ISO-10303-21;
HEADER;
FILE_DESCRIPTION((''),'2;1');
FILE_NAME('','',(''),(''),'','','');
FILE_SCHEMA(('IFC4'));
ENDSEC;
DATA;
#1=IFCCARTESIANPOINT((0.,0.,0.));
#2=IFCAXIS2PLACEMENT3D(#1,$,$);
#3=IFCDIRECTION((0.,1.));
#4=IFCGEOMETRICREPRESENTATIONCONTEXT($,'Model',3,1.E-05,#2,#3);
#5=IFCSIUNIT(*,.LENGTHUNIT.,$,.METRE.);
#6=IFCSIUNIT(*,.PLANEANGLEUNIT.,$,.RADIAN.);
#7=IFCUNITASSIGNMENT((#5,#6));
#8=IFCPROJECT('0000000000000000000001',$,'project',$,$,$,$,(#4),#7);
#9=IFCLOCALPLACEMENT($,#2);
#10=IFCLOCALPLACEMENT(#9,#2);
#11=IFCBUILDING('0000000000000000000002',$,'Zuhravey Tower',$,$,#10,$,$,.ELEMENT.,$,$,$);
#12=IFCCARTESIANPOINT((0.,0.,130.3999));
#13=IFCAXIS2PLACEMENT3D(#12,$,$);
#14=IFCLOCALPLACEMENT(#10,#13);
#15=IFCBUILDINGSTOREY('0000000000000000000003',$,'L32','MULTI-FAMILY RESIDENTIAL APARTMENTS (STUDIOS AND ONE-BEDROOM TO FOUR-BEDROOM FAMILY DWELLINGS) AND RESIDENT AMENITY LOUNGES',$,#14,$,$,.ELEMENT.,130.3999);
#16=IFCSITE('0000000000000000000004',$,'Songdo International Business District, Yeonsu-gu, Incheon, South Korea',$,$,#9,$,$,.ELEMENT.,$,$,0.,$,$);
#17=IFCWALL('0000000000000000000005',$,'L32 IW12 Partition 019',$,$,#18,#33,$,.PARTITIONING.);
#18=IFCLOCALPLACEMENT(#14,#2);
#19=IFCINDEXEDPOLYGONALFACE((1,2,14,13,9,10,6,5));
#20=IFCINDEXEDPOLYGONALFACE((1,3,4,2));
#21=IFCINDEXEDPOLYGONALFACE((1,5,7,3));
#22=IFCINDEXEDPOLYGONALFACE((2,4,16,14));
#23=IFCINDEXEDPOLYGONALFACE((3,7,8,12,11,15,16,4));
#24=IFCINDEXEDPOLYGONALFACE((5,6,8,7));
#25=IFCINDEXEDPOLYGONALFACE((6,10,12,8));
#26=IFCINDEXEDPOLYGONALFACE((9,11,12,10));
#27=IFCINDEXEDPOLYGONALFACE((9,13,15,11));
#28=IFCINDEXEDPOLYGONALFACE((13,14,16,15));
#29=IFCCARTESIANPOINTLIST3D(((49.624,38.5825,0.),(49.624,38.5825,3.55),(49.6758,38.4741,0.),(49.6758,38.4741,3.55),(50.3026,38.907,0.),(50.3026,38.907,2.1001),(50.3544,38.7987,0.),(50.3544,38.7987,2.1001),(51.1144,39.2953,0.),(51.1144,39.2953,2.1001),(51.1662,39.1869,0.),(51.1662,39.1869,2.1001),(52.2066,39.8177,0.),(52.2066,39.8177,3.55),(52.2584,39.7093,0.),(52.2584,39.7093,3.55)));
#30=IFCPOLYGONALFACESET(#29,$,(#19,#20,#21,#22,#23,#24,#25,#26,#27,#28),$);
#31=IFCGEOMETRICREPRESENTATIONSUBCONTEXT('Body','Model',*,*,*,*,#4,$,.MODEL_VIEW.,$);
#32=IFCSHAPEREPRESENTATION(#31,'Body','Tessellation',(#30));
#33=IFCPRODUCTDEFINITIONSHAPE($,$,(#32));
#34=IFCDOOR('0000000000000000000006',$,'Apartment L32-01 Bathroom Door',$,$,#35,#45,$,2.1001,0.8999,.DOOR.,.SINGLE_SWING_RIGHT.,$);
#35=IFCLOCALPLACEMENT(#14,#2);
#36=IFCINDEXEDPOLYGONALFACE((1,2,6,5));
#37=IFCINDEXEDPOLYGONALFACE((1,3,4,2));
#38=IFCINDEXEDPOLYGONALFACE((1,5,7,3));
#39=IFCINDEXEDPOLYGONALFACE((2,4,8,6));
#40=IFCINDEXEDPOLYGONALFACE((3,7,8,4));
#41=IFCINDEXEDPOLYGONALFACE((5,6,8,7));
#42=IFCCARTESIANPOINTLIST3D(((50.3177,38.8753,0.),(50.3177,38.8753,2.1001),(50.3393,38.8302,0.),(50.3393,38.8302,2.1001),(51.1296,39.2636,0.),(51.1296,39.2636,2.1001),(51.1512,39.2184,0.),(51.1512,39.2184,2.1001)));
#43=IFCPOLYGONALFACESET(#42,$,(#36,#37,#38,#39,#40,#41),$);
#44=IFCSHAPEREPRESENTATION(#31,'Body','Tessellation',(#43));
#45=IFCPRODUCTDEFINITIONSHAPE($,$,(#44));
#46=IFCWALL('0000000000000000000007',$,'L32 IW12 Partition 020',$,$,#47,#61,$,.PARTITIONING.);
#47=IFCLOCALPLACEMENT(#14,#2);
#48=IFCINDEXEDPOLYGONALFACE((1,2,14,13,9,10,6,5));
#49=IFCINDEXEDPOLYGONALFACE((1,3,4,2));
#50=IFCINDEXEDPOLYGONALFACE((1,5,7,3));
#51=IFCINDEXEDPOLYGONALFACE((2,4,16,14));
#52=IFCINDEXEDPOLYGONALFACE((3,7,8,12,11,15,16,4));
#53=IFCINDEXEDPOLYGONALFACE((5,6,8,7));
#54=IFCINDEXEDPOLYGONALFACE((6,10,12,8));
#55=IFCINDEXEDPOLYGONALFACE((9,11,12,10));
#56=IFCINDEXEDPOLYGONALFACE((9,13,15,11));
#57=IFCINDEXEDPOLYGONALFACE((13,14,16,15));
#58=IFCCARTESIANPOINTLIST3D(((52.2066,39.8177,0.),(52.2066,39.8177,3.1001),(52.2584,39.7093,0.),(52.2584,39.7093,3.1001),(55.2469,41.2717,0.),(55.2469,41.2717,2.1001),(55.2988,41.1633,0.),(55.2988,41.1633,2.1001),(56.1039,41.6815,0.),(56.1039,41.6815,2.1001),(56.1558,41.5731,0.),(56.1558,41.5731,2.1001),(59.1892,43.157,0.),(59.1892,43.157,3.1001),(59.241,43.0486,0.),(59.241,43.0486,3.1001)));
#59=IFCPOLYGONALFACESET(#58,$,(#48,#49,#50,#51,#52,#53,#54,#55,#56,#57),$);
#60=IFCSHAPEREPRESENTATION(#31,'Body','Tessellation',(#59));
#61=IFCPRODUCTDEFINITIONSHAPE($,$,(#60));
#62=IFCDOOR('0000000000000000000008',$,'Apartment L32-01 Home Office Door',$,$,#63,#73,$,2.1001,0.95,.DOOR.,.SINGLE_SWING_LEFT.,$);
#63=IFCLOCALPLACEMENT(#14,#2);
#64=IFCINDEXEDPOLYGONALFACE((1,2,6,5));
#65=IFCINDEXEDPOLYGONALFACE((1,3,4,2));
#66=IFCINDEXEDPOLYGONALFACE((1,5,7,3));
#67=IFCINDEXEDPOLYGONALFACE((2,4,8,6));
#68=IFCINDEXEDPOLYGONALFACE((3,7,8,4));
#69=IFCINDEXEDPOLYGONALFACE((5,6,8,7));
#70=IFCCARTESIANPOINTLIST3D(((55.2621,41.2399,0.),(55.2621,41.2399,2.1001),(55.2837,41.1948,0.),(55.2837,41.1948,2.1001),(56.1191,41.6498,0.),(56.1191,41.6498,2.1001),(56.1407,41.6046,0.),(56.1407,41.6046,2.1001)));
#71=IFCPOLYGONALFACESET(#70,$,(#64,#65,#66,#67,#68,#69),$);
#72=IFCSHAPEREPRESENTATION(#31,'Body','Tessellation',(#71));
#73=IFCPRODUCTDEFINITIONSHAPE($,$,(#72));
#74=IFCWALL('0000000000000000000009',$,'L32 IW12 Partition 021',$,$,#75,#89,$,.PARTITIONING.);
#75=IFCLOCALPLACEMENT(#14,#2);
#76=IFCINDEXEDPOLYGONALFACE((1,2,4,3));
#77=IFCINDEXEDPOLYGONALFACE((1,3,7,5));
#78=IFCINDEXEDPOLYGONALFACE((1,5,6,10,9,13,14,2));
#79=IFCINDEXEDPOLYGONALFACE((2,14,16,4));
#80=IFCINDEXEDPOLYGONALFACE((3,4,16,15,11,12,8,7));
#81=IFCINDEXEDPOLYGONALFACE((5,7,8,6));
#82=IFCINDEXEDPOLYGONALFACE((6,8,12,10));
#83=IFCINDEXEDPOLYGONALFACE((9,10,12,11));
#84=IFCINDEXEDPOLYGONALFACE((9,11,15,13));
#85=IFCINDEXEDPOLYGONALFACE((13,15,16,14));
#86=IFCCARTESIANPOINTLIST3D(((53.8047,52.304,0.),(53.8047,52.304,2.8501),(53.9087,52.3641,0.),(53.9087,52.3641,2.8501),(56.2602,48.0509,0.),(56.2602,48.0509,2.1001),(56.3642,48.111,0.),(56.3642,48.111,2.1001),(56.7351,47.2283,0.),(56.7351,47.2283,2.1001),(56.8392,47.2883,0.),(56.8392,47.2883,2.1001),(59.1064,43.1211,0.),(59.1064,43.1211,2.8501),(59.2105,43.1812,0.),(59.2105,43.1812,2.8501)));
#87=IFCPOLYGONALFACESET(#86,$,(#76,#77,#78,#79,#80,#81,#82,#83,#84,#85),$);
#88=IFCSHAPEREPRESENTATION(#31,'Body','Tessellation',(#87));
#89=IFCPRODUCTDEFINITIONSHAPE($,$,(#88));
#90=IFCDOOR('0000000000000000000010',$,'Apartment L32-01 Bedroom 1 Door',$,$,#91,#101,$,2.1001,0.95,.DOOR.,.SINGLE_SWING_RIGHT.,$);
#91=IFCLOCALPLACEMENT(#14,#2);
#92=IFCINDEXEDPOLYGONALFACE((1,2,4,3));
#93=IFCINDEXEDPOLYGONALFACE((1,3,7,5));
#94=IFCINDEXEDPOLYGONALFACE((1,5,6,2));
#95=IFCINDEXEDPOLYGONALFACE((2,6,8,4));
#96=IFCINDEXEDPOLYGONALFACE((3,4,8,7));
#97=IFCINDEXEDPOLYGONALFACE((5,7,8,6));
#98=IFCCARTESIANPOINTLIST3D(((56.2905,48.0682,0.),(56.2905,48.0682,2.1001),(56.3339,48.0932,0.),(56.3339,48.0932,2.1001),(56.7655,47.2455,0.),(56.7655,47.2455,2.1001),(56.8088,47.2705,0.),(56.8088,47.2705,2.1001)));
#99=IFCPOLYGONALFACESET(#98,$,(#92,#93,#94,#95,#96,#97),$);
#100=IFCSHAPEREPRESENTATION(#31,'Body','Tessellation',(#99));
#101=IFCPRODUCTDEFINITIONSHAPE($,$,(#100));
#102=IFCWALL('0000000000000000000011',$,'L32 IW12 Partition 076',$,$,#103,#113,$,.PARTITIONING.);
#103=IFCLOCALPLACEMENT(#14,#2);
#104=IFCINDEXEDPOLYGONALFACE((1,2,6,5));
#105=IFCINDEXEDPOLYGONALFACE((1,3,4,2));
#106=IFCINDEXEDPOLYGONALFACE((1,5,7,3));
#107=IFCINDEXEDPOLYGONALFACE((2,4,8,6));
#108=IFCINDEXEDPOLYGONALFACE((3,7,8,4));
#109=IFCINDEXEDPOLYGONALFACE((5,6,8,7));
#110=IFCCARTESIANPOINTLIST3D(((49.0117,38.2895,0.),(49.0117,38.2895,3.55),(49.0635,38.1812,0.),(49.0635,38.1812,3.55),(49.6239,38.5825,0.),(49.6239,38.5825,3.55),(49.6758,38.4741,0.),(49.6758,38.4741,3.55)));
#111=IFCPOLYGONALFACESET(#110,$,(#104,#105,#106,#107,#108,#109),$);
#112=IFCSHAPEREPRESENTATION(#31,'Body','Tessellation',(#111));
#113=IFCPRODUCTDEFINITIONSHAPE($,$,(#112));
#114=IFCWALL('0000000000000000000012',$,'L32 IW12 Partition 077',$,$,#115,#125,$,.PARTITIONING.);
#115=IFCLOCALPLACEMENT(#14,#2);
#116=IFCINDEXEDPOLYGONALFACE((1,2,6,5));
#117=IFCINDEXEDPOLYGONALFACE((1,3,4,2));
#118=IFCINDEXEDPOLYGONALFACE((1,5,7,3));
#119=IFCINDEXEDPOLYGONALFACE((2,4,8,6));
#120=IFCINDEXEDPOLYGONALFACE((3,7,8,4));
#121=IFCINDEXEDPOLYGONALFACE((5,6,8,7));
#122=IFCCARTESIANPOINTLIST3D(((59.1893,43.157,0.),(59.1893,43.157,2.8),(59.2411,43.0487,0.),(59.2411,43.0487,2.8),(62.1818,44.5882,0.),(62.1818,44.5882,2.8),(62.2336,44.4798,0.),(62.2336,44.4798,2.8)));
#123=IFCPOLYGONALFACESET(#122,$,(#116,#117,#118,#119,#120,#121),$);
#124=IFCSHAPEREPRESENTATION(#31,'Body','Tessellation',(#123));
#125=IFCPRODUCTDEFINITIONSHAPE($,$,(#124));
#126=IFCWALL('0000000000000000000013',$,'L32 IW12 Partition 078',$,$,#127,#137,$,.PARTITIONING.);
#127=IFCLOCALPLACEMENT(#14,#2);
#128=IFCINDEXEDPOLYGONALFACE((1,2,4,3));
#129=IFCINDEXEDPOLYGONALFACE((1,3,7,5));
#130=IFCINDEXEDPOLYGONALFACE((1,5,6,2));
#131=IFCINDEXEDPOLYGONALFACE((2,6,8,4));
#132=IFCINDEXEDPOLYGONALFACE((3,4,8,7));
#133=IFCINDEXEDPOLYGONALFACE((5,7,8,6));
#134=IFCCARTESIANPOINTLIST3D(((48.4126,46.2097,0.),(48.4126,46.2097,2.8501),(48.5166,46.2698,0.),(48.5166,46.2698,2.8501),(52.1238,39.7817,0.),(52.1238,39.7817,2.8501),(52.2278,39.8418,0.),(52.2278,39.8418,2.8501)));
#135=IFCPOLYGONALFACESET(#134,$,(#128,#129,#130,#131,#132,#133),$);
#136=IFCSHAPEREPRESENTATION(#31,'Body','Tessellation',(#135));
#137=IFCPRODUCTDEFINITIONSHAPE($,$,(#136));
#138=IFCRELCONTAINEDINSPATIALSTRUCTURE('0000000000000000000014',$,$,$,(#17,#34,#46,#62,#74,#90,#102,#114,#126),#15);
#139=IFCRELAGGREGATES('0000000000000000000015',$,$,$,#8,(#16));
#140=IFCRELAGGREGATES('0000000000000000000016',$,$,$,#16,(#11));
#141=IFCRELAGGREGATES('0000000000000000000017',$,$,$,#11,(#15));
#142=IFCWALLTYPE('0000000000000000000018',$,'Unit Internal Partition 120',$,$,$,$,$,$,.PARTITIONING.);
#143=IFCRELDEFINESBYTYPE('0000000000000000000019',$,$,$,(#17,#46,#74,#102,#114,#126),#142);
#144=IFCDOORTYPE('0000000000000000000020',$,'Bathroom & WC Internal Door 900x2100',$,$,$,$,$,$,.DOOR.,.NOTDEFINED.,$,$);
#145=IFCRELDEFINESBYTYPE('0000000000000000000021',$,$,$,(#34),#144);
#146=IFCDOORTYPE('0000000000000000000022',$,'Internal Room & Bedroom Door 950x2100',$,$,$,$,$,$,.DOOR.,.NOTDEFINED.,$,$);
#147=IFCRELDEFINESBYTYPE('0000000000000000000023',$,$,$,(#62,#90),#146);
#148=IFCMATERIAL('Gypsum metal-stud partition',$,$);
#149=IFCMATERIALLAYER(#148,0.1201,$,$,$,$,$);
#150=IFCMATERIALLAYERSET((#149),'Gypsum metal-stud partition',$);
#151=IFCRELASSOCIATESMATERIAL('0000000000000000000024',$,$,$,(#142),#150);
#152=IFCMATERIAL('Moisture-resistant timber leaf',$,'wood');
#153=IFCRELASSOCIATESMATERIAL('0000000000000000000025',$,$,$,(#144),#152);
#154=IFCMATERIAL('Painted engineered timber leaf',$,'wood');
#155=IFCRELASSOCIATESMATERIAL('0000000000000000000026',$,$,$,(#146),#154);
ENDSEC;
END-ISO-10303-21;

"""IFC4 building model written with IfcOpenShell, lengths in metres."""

from ifc_helpers import new_model, si_unit, direction, frame, frame_2d, origin, place, context, subcontext, project, spatial, rectangle, extrude, material, layer, layer_set, type_object, element, fill, save


model = new_model("IFC4")

# Units and contexts
model_context = context("Model", 3, precision=1e-05, world=origin(), true_north=direction((0.0, 1.0)))
body_context = subcontext(model_context, "Body", "Model", "MODEL_VIEW")
ifc_project = project(units=[si_unit("LENGTHUNIT", "METRE"), si_unit("PLANEANGLEUNIT", "RADIAN")], contexts=[model_context])

# Site, building, storey
site_placement = place(None, origin())
site = spatial("IfcSite", under=ifc_project, at=site_placement, Name="Songdo International Business District, Yeonsu-gu, Incheon, South Korea", CompositionType="ELEMENT", RefElevation=0.0)
building_placement = place(site_placement, origin())
building = spatial("IfcBuilding", under=site, at=building_placement, Name="Zuhravey Tower", CompositionType="ELEMENT")
storey_placement = place(building_placement, frame((0.0, 0.0, 130.3999)))
storey = spatial("IfcBuildingStorey", under=building, at=storey_placement, Name="L32", Description="MULTI-FAMILY RESIDENTIAL APARTMENTS (STUDIOS AND ONE-BEDROOM TO FOUR-BEDROOM FAMILY DWELLINGS) AND RESIDENT AMENITY LOUNGES", CompositionType="ELEMENT", Elevation=130.3999)

# Walls, openings, doors
ifc_material_1 = material(Name="Gypsum metal-stud partition")
ifc_layer_1 = layer(ifc_material_1, 0.1201)
ifc_layer_set_1 = layer_set([ifc_layer_1], Name="Gypsum metal-stud partition")
wall_type_1 = type_object("IfcWallType", Name="Unit Internal Partition 120", PredefinedType="PARTITIONING", material=ifc_layer_set_1)
wall_1_placement = place(storey_placement, frame((49.6499, 38.5283, 0.0), z_axis=(0.0, 0.0, 1.0), x_axis=(0.902136, 0.431452, 0.0)))
wall_1 = element("IfcWall", 1, at=wall_1_placement, inside=storey, type_object=wall_type_1, Name="L32 IW12 Partition 019", PredefinedType="PARTITIONING", context=body_context, shape_type="SweptSolid", body=[
    extrude(rectangle(XDim=2.8628, YDim=0.1201, at=frame_2d((1.4314, 0.0))), origin(), (0.0, 0.0, 1.0), 3.55),
])
opening_1_placement = place(wall_1_placement, frame((0.7522, 0.0, 0.0)))
opening_1 = element("IfcOpeningElement", 2, at=opening_1_placement, cuts=wall_1, PredefinedType="OPENING", context=body_context, shape_type="SweptSolid", body=[
    extrude(rectangle(XDim=0.8999, YDim=2.1001, at=frame_2d((0.45, 1.05))), frame((0.0, 0.072, 0.0), z_axis=(0.0, -1.0, 0.0), x_axis=(1.0, 0.0, 0.0)), (0.0, 0.0, 1.0), 0.144),
])
ifc_material_2 = material(Name="Moisture-resistant timber leaf", Category="wood")
door_type_1 = type_object("IfcDoorType", Name="Bathroom & WC Internal Door 900x2100", OperationType="NOTDEFINED", PredefinedType="DOOR", material=ifc_material_2)
door_1_placement = place(opening_1_placement, origin())
door_1 = element("IfcDoor", 3, at=door_1_placement, inside=storey, type_object=door_type_1, Name="Apartment L32-01 Bathroom Door", OperationType="SINGLE_SWING_RIGHT", OverallHeight=2.1001, OverallWidth=0.8999, PredefinedType="DOOR", context=body_context, shape_type="SweptSolid", body=[
    extrude(rectangle(XDim=0.8999, YDim=2.1001, at=frame_2d((0.45, 1.05))), frame((0.0, 0.0249, 0.0), z_axis=(0.0, -1.0, 0.0), x_axis=(1.0, 0.0, 0.0)), (0.0, 0.0, 1.0), 0.05),
])
fill(opening_1, door_1)
wall_2_placement = place(storey_placement, frame((52.2324, 39.7634, 0.0), z_axis=(0.0, 0.0, 1.0), x_axis=(0.902143, 0.431437, 0.0)))
wall_2 = element("IfcWall", 4, at=wall_2_placement, inside=storey, type_object=wall_type_1, Name="L32 IW12 Partition 020", PredefinedType="PARTITIONING", context=body_context, shape_type="SweptSolid", body=[
    extrude(rectangle(XDim=7.74, YDim=0.1201, at=frame_2d((3.8701, 0.0))), origin(), (0.0, 0.0, 1.0), 3.1001),
])
opening_2_placement = place(wall_2_placement, frame((3.3701, 0.0, 0.0)))
opening_2 = element("IfcOpeningElement", 5, at=opening_2_placement, cuts=wall_2, PredefinedType="OPENING", context=body_context, shape_type="SweptSolid", body=[
    extrude(rectangle(XDim=0.95, YDim=2.1001, at=frame_2d((0.4751, 1.05))), frame((0.0, 0.072, 0.0), z_axis=(0.0, -1.0, 0.0), x_axis=(1.0, 0.0, 0.0)), (0.0, 0.0, 1.0), 0.144),
])
ifc_material_3 = material(Name="Painted engineered timber leaf", Category="wood")
door_type_2 = type_object("IfcDoorType", Name="Internal Room & Bedroom Door 950x2100", OperationType="NOTDEFINED", PredefinedType="DOOR", material=ifc_material_3)
door_2_placement = place(opening_2_placement, origin())
door_2 = element("IfcDoor", 6, at=door_2_placement, inside=storey, type_object=door_type_2, Name="Apartment L32-01 Home Office Door", OperationType="SINGLE_SWING_LEFT", OverallHeight=2.1001, OverallWidth=0.95, PredefinedType="DOOR", context=body_context, shape_type="SweptSolid", body=[
    extrude(rectangle(XDim=0.95, YDim=2.1001, at=frame_2d((0.4751, 1.05))), frame((0.0, 0.0249, 0.0), z_axis=(0.0, -1.0, 0.0), x_axis=(1.0, 0.0, 0.0)), (0.0, 0.0, 1.0), 0.05),
])
fill(opening_2, door_2)
wall_3_placement = place(storey_placement, frame((59.1584, 43.1511, 0.0), z_axis=(0.0, 0.0, 1.0), x_axis=(-0.500002, 0.866024, 0.0)))
wall_3 = element("IfcWall", 7, at=wall_3_placement, inside=storey, type_object=wall_type_1, Name="L32 IW12 Partition 021", PredefinedType="PARTITIONING", context=body_context, shape_type="SweptSolid", body=[
    extrude(rectangle(XDim=10.6035, YDim=0.1201, at=frame_2d((5.3018, 0.0))), origin(), (0.0, 0.0, 1.0), 2.8501),
])
opening_3_placement = place(wall_3_placement, frame((4.7424, 0.0, 0.0)))
opening_3 = element("IfcOpeningElement", 8, at=opening_3_placement, cuts=wall_3, PredefinedType="OPENING", context=body_context, shape_type="SweptSolid", body=[
    extrude(rectangle(XDim=0.95, YDim=2.1001, at=frame_2d((0.4751, 1.05))), frame((0.0, 0.072, 0.0), z_axis=(0.0, -1.0, 0.0), x_axis=(1.0, 0.0, 0.0)), (0.0, 0.0, 1.0), 0.144),
])
door_3_placement = place(opening_3_placement, frame((0.95, 0.0, 0.0), z_axis=(0.0, 0.0, 1.0), x_axis=(-1.0, 0.0, 0.0)))
door_3 = element("IfcDoor", 9, at=door_3_placement, inside=storey, type_object=door_type_2, Name="Apartment L32-01 Bedroom 1 Door", OperationType="SINGLE_SWING_RIGHT", OverallHeight=2.1001, OverallWidth=0.95, PredefinedType="DOOR", context=body_context, shape_type="SweptSolid", body=[
    extrude(rectangle(XDim=0.95, YDim=2.1001, at=frame_2d((0.4751, 1.05))), frame((0.0, 0.0249, 0.0), z_axis=(0.0, -1.0, 0.0), x_axis=(1.0, 0.0, 0.0)), (0.0, 0.0, 1.0), 0.05),
])
fill(opening_3, door_3)

# Walls
wall_4_placement = place(storey_placement, frame((49.0376, 38.2354, 0.0), z_axis=(0.0, 0.0, 1.0), x_axis=(0.902061, 0.431608, 0.0)))
element("IfcWall", 10, at=wall_4_placement, inside=storey, type_object=wall_type_1, Name="L32 IW12 Partition 076", PredefinedType="PARTITIONING", context=body_context, shape_type="SweptSolid", body=[
    extrude(rectangle(XDim=0.6787, YDim=0.1201, at=frame_2d((0.3394, 0.0))), origin(), (0.0, 0.0, 1.0), 3.55),
])
wall_5_placement = place(storey_placement, frame((59.2151, 43.1028, 0.0), z_axis=(0.0, 0.0, 1.0), x_axis=(0.902135, 0.431453, 0.0)))
element("IfcWall", 11, at=wall_5_placement, inside=storey, type_object=wall_type_1, Name="L32 IW12 Partition 077", PredefinedType="PARTITIONING", context=body_context, shape_type="SweptSolid", body=[
    extrude(rectangle(XDim=3.3171, YDim=0.1201, at=frame_2d((1.6587, 0.0))), origin(), (0.0, 0.0, 1.0), 2.8),
])
wall_6_placement = place(storey_placement, frame((52.1758, 39.8118, 0.0), z_axis=(0.0, 0.0, 1.0), x_axis=(-0.499999, 0.866026, 0.0)))
element("IfcWall", 12, at=wall_6_placement, inside=storey, type_object=wall_type_1, Name="L32 IW12 Partition 078", PredefinedType="PARTITIONING", context=body_context, shape_type="SweptSolid", body=[
    extrude(rectangle(XDim=7.4224, YDim=0.1201, at=frame_2d((3.7112, 0.0))), origin(), (0.0, 0.0, 1.0), 2.8501),
])

save(model, "model.ifc")
